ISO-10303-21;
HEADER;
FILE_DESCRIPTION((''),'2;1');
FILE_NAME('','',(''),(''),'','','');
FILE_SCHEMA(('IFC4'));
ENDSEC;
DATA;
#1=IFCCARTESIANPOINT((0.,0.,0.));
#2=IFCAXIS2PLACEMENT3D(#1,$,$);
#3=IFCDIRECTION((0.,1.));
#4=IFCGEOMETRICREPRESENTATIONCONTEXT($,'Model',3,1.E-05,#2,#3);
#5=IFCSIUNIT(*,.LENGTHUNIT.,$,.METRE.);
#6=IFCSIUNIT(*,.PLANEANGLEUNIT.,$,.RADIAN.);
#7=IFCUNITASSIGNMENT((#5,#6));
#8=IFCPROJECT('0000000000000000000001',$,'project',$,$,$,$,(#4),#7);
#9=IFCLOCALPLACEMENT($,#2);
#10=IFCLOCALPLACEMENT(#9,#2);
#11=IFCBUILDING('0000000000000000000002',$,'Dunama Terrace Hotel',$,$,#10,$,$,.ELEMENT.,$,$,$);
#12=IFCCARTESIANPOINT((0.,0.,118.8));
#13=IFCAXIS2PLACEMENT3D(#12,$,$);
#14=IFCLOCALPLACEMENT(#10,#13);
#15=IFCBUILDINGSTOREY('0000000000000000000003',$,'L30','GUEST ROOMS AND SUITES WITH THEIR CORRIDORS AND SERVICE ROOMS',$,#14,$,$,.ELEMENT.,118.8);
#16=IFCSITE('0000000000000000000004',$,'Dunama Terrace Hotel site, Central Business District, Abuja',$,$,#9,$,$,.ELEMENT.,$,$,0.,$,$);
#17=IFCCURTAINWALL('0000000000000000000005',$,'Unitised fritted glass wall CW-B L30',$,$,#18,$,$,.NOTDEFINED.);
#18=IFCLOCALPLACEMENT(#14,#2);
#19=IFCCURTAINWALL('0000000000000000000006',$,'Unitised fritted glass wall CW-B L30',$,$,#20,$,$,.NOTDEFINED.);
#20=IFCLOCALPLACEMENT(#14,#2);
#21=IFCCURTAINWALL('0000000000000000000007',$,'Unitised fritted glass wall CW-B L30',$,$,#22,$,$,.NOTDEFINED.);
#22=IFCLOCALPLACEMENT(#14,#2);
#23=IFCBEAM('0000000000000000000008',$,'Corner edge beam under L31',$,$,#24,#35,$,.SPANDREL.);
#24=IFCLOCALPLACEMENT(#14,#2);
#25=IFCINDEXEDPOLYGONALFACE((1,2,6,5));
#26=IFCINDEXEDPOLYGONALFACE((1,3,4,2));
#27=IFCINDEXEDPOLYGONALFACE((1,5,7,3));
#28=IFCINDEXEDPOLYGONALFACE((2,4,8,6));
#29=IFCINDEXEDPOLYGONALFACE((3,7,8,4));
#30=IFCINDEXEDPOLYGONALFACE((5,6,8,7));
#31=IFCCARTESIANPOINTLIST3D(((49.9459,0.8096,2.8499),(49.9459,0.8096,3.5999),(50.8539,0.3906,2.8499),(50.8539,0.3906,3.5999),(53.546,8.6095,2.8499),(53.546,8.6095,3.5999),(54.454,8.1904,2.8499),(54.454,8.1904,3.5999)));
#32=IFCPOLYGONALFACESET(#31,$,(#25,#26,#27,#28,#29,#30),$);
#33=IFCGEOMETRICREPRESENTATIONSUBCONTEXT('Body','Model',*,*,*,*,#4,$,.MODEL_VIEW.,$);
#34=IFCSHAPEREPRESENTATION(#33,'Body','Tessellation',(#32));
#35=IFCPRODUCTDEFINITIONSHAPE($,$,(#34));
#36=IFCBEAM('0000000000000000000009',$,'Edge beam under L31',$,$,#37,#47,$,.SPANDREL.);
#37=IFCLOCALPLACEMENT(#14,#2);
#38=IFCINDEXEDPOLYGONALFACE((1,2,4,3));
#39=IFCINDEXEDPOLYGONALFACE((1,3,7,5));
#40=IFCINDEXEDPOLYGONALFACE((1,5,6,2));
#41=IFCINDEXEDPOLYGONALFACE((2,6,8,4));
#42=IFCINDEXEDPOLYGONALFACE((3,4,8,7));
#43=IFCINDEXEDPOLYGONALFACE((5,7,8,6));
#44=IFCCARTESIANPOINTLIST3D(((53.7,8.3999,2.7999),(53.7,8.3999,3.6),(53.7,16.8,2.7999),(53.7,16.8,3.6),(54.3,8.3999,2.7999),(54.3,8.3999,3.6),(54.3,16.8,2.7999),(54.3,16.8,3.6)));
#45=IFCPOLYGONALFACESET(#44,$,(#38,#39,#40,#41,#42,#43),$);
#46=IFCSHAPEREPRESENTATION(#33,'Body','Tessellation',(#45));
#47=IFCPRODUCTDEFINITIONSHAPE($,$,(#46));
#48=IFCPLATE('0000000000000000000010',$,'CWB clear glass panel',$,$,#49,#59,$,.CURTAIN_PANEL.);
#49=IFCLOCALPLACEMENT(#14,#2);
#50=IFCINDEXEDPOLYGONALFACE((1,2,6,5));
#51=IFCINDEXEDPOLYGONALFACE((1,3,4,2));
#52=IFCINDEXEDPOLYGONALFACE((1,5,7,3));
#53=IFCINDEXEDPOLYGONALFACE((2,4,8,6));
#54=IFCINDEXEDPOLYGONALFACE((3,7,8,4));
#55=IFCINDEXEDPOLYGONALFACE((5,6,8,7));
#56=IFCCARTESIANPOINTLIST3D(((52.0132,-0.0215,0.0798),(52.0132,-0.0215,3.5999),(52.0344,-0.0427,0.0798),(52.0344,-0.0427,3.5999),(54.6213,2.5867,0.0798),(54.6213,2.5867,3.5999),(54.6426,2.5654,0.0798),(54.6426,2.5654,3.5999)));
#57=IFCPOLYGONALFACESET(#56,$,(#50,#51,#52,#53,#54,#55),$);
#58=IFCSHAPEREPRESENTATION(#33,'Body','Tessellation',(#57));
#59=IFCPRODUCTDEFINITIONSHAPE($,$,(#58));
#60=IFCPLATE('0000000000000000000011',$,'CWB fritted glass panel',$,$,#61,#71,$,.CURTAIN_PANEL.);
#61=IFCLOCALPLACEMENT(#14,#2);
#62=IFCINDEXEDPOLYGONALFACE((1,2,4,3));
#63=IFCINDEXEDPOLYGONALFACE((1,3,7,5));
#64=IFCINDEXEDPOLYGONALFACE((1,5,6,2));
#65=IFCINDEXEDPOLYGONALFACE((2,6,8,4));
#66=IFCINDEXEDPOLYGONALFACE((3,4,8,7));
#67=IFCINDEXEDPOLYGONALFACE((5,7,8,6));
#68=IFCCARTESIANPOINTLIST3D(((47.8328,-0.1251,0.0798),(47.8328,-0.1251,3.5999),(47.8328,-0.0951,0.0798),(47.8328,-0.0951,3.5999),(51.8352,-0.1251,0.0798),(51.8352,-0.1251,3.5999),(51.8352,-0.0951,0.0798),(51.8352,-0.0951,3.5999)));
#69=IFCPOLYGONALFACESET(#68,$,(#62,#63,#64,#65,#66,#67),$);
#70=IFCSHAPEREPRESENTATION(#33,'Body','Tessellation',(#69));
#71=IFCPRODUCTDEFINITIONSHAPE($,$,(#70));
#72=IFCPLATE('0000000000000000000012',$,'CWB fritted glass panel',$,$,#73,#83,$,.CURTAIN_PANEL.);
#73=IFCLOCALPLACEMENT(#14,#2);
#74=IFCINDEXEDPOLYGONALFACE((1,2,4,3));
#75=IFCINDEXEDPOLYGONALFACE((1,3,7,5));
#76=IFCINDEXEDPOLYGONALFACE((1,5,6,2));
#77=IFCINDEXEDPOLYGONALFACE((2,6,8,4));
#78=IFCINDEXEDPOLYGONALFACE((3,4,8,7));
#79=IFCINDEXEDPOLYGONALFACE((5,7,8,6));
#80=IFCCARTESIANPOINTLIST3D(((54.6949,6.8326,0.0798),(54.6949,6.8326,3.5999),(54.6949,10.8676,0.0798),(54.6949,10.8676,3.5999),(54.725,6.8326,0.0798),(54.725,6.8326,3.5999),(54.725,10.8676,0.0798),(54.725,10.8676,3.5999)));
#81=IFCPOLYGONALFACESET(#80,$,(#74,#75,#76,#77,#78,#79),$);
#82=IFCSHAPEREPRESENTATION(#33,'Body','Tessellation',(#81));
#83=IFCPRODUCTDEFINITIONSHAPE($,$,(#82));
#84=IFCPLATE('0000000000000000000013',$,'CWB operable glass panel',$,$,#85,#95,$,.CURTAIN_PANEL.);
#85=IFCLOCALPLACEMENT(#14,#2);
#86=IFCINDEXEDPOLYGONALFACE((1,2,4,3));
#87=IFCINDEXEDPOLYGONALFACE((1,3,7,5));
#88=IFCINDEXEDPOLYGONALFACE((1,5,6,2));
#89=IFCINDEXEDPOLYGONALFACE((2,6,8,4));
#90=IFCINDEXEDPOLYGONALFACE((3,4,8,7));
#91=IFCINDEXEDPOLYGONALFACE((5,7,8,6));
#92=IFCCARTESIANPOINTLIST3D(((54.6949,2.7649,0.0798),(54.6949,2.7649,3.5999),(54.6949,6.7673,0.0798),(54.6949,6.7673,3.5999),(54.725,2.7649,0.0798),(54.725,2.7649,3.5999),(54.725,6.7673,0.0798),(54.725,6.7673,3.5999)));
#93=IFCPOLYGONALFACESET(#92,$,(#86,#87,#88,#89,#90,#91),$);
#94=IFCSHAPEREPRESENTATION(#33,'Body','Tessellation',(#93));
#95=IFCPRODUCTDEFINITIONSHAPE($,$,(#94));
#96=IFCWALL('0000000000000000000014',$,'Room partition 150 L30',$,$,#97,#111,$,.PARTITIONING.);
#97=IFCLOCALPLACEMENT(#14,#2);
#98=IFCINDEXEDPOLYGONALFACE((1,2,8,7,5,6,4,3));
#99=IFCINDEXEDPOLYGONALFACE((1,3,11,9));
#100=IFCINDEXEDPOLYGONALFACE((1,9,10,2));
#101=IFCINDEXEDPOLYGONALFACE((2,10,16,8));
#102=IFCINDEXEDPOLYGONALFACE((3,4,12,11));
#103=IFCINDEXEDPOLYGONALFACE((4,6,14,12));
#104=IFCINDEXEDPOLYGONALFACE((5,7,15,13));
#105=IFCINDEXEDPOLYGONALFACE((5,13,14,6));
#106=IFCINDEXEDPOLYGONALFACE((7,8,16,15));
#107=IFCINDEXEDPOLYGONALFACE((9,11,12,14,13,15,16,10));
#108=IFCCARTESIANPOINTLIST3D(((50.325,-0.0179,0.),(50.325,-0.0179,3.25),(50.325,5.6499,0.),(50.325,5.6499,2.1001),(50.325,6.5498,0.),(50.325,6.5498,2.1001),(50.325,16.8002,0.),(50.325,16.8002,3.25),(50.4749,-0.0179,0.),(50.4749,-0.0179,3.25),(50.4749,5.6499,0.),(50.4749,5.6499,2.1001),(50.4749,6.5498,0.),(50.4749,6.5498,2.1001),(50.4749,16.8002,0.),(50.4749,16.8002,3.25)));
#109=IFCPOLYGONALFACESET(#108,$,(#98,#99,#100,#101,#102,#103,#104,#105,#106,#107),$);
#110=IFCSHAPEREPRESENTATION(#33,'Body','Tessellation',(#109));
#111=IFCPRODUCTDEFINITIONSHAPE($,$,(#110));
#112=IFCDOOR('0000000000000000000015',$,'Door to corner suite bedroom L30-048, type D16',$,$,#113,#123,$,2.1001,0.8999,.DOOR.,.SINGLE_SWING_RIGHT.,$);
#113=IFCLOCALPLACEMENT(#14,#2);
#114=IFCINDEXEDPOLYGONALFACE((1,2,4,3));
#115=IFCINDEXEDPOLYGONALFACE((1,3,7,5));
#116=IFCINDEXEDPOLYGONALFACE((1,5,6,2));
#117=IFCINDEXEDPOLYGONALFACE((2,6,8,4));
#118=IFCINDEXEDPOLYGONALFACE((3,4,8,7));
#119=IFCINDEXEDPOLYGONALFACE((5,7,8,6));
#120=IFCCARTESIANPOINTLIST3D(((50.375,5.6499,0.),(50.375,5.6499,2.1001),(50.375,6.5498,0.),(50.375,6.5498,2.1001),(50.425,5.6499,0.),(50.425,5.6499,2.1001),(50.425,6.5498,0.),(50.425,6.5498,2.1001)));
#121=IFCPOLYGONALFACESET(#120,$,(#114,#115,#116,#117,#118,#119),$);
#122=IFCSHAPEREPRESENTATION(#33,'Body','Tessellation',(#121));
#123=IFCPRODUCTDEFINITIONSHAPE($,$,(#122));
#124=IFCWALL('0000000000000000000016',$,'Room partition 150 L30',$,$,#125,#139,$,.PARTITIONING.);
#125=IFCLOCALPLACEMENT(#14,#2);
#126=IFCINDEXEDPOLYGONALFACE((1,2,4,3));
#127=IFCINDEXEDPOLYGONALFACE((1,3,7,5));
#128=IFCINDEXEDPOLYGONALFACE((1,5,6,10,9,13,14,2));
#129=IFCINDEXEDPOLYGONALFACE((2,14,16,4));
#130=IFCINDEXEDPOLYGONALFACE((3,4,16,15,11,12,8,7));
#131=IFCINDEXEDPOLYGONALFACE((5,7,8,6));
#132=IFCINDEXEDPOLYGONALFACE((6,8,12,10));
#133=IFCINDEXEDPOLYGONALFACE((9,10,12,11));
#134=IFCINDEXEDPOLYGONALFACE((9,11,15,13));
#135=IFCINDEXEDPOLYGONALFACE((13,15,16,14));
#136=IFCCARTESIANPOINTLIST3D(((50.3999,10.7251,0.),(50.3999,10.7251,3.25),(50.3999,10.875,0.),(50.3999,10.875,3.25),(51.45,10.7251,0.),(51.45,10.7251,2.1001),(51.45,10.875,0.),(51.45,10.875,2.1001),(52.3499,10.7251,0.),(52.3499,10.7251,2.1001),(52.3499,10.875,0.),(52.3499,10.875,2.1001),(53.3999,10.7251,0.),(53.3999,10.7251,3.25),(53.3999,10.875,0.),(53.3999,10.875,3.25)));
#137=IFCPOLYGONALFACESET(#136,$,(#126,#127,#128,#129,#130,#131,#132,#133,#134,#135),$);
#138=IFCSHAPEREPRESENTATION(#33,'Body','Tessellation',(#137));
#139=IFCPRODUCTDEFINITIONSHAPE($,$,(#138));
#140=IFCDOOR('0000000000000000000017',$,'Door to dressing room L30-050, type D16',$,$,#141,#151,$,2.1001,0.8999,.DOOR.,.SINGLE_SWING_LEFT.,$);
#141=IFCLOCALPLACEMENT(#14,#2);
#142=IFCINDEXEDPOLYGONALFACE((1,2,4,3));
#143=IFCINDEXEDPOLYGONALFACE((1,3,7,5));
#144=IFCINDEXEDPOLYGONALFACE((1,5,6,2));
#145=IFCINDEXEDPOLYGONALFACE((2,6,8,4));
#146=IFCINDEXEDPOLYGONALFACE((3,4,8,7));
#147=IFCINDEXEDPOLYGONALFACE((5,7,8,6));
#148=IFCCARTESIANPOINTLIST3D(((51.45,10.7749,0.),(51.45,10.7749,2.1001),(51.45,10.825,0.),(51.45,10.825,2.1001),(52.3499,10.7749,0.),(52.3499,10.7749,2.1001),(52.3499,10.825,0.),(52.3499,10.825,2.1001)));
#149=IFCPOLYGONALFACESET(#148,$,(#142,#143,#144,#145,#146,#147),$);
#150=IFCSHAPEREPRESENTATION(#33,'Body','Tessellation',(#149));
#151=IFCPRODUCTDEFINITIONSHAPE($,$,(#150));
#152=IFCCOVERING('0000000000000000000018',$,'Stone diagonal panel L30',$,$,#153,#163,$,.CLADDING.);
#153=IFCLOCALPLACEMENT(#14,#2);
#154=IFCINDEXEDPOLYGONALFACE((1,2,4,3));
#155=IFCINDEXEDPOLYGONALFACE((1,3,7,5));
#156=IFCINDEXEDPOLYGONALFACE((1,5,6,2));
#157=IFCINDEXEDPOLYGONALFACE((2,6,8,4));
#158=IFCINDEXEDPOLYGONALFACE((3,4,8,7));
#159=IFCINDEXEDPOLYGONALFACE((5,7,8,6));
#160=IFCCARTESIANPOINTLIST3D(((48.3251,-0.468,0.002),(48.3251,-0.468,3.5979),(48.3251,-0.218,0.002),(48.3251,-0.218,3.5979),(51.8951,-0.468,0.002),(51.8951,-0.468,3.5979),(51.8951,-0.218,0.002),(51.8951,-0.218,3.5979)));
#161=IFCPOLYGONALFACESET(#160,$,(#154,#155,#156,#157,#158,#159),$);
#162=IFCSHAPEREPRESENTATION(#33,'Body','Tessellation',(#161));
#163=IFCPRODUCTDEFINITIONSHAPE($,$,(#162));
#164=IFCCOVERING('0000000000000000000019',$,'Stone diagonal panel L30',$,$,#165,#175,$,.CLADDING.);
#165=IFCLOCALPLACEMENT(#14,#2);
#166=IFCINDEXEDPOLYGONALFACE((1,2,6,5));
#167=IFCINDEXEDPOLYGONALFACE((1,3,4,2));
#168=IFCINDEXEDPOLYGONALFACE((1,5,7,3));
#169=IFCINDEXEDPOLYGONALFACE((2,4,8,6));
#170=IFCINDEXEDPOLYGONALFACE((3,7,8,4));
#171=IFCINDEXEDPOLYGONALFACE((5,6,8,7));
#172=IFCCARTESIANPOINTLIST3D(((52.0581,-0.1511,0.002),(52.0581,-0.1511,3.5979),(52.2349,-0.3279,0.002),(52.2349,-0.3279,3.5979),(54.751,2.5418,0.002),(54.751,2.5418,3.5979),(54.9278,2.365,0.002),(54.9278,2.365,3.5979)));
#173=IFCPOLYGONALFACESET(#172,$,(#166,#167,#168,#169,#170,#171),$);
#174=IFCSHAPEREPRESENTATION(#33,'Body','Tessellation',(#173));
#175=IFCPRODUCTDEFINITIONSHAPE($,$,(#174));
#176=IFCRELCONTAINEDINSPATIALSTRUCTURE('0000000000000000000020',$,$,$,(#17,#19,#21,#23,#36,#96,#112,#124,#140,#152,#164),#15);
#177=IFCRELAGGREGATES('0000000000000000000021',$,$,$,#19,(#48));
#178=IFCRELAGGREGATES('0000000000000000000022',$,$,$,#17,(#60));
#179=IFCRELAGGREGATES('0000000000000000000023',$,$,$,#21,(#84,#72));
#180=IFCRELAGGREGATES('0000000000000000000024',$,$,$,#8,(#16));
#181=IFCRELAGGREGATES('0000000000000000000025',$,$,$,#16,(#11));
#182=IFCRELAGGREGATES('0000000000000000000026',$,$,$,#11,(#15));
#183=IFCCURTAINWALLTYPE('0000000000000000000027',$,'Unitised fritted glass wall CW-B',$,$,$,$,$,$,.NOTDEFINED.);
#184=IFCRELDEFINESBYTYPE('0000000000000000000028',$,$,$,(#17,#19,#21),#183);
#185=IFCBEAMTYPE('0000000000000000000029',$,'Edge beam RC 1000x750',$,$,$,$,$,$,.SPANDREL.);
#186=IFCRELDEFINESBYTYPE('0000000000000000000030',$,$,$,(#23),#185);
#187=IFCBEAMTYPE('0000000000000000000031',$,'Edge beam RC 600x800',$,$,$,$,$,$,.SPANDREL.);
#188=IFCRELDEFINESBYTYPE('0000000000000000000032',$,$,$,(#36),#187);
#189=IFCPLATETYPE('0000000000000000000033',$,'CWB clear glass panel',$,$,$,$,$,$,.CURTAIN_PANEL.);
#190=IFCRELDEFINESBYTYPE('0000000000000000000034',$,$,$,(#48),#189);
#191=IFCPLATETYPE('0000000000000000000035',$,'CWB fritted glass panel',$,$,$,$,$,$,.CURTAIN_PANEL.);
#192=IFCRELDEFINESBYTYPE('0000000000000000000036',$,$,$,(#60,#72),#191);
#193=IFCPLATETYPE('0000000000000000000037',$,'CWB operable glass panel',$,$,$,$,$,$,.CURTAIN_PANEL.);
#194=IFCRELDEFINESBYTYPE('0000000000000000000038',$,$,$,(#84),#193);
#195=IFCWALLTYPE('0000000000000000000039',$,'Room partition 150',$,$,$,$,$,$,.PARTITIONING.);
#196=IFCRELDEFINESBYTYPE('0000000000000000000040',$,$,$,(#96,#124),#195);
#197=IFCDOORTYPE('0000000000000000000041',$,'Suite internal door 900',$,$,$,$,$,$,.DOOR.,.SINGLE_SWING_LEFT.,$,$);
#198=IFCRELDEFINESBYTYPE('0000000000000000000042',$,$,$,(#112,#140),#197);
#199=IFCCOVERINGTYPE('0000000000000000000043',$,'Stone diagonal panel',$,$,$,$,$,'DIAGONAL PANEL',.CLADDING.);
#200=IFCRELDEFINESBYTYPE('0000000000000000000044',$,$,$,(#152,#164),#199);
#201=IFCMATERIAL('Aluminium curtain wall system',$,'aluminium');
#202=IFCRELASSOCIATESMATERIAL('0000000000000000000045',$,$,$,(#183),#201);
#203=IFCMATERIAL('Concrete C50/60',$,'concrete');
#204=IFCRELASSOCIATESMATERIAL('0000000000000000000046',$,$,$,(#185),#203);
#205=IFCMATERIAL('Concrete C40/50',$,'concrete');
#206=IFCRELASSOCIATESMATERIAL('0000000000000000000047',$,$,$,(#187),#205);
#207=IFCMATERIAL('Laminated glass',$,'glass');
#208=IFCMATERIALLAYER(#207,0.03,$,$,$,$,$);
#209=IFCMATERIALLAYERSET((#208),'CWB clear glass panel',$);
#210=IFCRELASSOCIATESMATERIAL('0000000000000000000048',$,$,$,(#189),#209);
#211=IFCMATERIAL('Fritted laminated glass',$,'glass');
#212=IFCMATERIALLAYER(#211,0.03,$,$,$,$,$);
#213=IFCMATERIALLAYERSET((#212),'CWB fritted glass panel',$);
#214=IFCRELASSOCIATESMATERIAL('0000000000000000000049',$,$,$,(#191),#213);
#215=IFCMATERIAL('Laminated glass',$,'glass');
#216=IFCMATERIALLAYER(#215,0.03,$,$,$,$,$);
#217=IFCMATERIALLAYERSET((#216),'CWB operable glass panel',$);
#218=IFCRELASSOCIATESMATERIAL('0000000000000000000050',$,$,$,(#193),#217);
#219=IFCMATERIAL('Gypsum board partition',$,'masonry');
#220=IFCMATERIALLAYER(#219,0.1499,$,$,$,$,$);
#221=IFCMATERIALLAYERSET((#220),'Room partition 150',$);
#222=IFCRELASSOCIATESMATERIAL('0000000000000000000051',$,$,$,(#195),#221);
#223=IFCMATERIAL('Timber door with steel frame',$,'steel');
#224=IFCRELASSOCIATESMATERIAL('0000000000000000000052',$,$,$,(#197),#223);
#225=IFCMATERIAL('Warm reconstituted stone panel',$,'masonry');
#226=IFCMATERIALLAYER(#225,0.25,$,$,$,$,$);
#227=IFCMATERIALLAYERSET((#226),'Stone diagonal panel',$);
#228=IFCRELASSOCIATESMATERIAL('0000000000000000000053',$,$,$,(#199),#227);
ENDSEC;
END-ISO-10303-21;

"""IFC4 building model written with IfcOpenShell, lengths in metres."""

from ifc_helpers import new_model, si_unit, direction, frame, frame_2d, origin, origin_2d, place, context, subcontext, project, spatial, rectangle, extrude, material, layer, layer_set, material_profile, profile_set, type_object, element, fill, aggregate, save


model = new_model("IFC4")

# Units and contexts
model_context = context("Model", 3, precision=1e-05, world=origin(), true_north=direction((0.0, 1.0)))
body_context = subcontext(model_context, "Body", "Model", "MODEL_VIEW")
ifc_project = project(units=[si_unit("LENGTHUNIT", "METRE"), si_unit("PLANEANGLEUNIT", "RADIAN")], contexts=[model_context])

# Site, building, storey
site_placement = place(None, origin())
site = spatial("IfcSite", under=ifc_project, at=site_placement, Name="Dunama Terrace Hotel site, Central Business District, Abuja", CompositionType="ELEMENT", RefElevation=0.0)
building_placement = place(site_placement, origin())
building = spatial("IfcBuilding", under=site, at=building_placement, Name="Dunama Terrace Hotel", CompositionType="ELEMENT")
storey_placement = place(building_placement, frame((0.0, 0.0, 118.8)))
storey = spatial("IfcBuildingStorey", under=building, at=storey_placement, Name="L30", Description="GUEST ROOMS AND SUITES WITH THEIR CORRIDORS AND SERVICE ROOMS", CompositionType="ELEMENT", Elevation=118.8)

# Curtain walls
ifc_material_1 = material(Name="Aluminium curtain wall system", Category="aluminium")
curtain_wall_type = type_object("IfcCurtainWallType", Name="Unitised fritted glass wall CW-B", PredefinedType="NOTDEFINED", material=ifc_material_1)
curtain_wall_1_placement = place(storey_placement, origin())
curtain_wall_1 = element("IfcCurtainWall", 1, at=curtain_wall_1_placement, inside=storey, type_object=curtain_wall_type, Name="Unitised fritted glass wall CW-B L30", PredefinedType="NOTDEFINED")
curtain_wall_2_placement = place(storey_placement, origin())
curtain_wall_2 = element("IfcCurtainWall", 2, at=curtain_wall_2_placement, inside=storey, type_object=curtain_wall_type, Name="Unitised fritted glass wall CW-B L30", PredefinedType="NOTDEFINED")
curtain_wall_3_placement = place(storey_placement, origin())
curtain_wall_3 = element("IfcCurtainWall", 3, at=curtain_wall_3_placement, inside=storey, type_object=curtain_wall_type, Name="Unitised fritted glass wall CW-B L30", PredefinedType="NOTDEFINED")

# Beams
ifc_material_2 = material(Name="Concrete C50/60", Category="concrete")
ifc_material_profile_1 = material_profile(ifc_material_2, rectangle(XDim=1.0, YDim=0.75, at=origin_2d()), Name="RC 1000x750")
ifc_profile_set_1 = profile_set([ifc_material_profile_1], Name="Concrete C50/60")
beam_type_1 = type_object("IfcBeamType", Name="Edge beam RC 1000x750", PredefinedType="SPANDREL", material=ifc_profile_set_1)
beam_1_placement = place(storey_placement, frame((50.3999, 0.6001, 3.2249), z_axis=(0.419076, 0.907951, 0.0), x_axis=(-0.907951, 0.419076, 0.0)))
element("IfcBeam", 4, at=beam_1_placement, inside=storey, type_object=beam_type_1, Name="Corner edge beam under L31", PredefinedType="SPANDREL", context=body_context, shape_type="SweptSolid", body=[
    extrude(rectangle(XDim=1.0, YDim=0.75, at=origin_2d()), origin(), (0.0, 0.0, 1.0), 8.5906),
])
ifc_material_3 = material(Name="Concrete C40/50", Category="concrete")
ifc_material_profile_2 = material_profile(ifc_material_3, rectangle(XDim=0.6001, YDim=0.8, at=origin_2d()), Name="RC 600x800")
ifc_profile_set_2 = profile_set([ifc_material_profile_2], Name="Concrete C40/50")
beam_type_2 = type_object("IfcBeamType", Name="Edge beam RC 600x800", PredefinedType="SPANDREL", material=ifc_profile_set_2)
beam_2_placement = place(storey_placement, frame((54.0, 8.3999, 3.2), z_axis=(0.0, 1.0, 0.0), x_axis=(-1.0, 0.0, 0.0)))
element("IfcBeam", 5, at=beam_2_placement, inside=storey, type_object=beam_type_2, Name="Edge beam under L31", PredefinedType="SPANDREL", context=body_context, shape_type="SweptSolid", body=[
    extrude(rectangle(XDim=0.6001, YDim=0.8, at=origin_2d()), origin(), (0.0, 0.0, 1.0), 8.4001),
])

# Plates
ifc_material_4 = material(Name="Laminated glass", Category="glass")
ifc_layer_1 = layer(ifc_material_4, 0.03)
ifc_layer_set_1 = layer_set([ifc_layer_1], Name="CWB clear glass panel")
plate_type_1 = type_object("IfcPlateType", Name="CWB clear glass panel", PredefinedType="CURTAIN_PANEL", material=ifc_layer_set_1)
plate_1_placement = place(storey_placement, frame((53.3279, 1.272, 0.0798), z_axis=(0.0, 0.0, 1.0), x_axis=(0.707107, 0.707107, 0.0)))
plate_1 = element("IfcPlate", 6, at=plate_1_placement, type_object=plate_type_1, Name="CWB clear glass panel", PredefinedType="CURTAIN_PANEL", context=body_context, shape_type="SweptSolid", body=[
    extrude(rectangle(XDim=3.6885, YDim=0.03, at=origin_2d()), origin(), (0.0, 0.0, 1.0), 3.52),
])
aggregate(curtain_wall_2, [plate_1])
ifc_material_5 = material(Name="Fritted laminated glass", Category="glass")
ifc_layer_2 = layer(ifc_material_5, 0.03)
ifc_layer_set_2 = layer_set([ifc_layer_2], Name="CWB fritted glass panel")
plate_type_2 = type_object("IfcPlateType", Name="CWB fritted glass panel", PredefinedType="CURTAIN_PANEL", material=ifc_layer_set_2)
plate_2_placement = place(storey_placement, frame((49.834, -0.1101, 0.0798), z_axis=(0.0, 0.0, 1.0), x_axis=(1.0, 0.0, 0.0)))
plate_2 = element("IfcPlate", 7, at=plate_2_placement, type_object=plate_type_2, Name="CWB fritted glass panel", PredefinedType="CURTAIN_PANEL", context=body_context, shape_type="SweptSolid", body=[
    extrude(rectangle(XDim=4.0024, YDim=0.03, at=origin_2d()), origin(), (0.0, 0.0, 1.0), 3.52),
])
aggregate(curtain_wall_1, [plate_2])
plate_3_placement = place(storey_placement, frame((54.71, 8.8501, 0.0798), z_axis=(0.0, 0.0, 1.0), x_axis=(0.0, 1.0, 0.0)))
plate_3 = element("IfcPlate", 8, at=plate_3_placement, type_object=plate_type_2, Name="CWB fritted glass panel", PredefinedType="CURTAIN_PANEL", context=body_context, shape_type="SweptSolid", body=[
    extrude(rectangle(XDim=4.0349, YDim=0.03, at=origin_2d()), origin(), (0.0, 0.0, 1.0), 3.52),
])
ifc_material_6 = material(Name="Laminated glass", Category="glass")
ifc_layer_3 = layer(ifc_material_6, 0.03)
ifc_layer_set_3 = layer_set([ifc_layer_3], Name="CWB operable glass panel")
plate_type_3 = type_object("IfcPlateType", Name="CWB operable glass panel", PredefinedType="CURTAIN_PANEL", material=ifc_layer_set_3)
plate_4_placement = place(storey_placement, frame((54.71, 4.7661, 0.0798), z_axis=(0.0, 0.0, 1.0), x_axis=(0.0, 1.0, 0.0)))
plate_4 = element("IfcPlate", 9, at=plate_4_placement, type_object=plate_type_3, Name="CWB operable glass panel", PredefinedType="CURTAIN_PANEL", context=body_context, shape_type="SweptSolid", body=[
    extrude(rectangle(XDim=4.0024, YDim=0.03, at=origin_2d()), origin(), (0.0, 0.0, 1.0), 3.52),
])
aggregate(curtain_wall_3, [plate_4, plate_3])

# Walls, openings, doors
ifc_material_7 = material(Name="Gypsum board partition", Category="masonry")
ifc_layer_4 = layer(ifc_material_7, 0.1499)
ifc_layer_set_4 = layer_set([ifc_layer_4], Name="Room partition 150")
wall_type = type_object("IfcWallType", Name="Room partition 150", PredefinedType="PARTITIONING", material=ifc_layer_set_4)
wall_1_placement = place(storey_placement, frame((50.3999, -0.0181, 0.0), z_axis=(0.0, 0.0, 1.0), x_axis=(0.0, 1.0, 0.0)))
wall_1 = element("IfcWall", 10, at=wall_1_placement, inside=storey, type_object=wall_type, Name="Room partition 150 L30", PredefinedType="PARTITIONING", context=body_context, shape_type="SweptSolid", body=[
    extrude(rectangle(XDim=16.8181, YDim=0.1499, at=frame_2d((8.4092, 0.0))), origin(), (0.0, 0.0, 1.0), 3.25),
])
opening_1_placement = place(wall_1_placement, frame((5.668, 0.0, 0.0)))
opening_1 = element("IfcOpeningElement", 11, at=opening_1_placement, cuts=wall_1, PredefinedType="OPENING", context=body_context, shape_type="SweptSolid", body=[
    extrude(rectangle(XDim=0.8999, YDim=2.1001, at=frame_2d((0.45, 1.05))), frame((0.0, 0.085, 0.0), z_axis=(0.0, -1.0, 0.0), x_axis=(1.0, 0.0, 0.0)), (0.0, 0.0, 1.0), 0.1699),
])
ifc_material_8 = material(Name="Timber door with steel frame", Category="steel")
door_type = type_object("IfcDoorType", Name="Suite internal door 900", OperationType="SINGLE_SWING_LEFT", PredefinedType="DOOR", material=ifc_material_8)
door_1_placement = place(opening_1_placement, frame((0.8999, 0.0, 0.0), z_axis=(0.0, 0.0, 1.0), x_axis=(-1.0, 0.0, 0.0)))
door_1 = element("IfcDoor", 12, at=door_1_placement, inside=storey, type_object=door_type, Name="Door to corner suite bedroom L30-048, type D16", OperationType="SINGLE_SWING_RIGHT", OverallHeight=2.1001, OverallWidth=0.8999, PredefinedType="DOOR", context=body_context, shape_type="SweptSolid", body=[
    extrude(rectangle(XDim=0.8999, YDim=2.1001, at=frame_2d((0.45, 1.05))), frame((0.0, 0.0251, 0.0), z_axis=(0.0, -1.0, 0.0), x_axis=(1.0, 0.0, 0.0)), (0.0, 0.0, 1.0), 0.05),
])
fill(opening_1, door_1)
wall_2_placement = place(storey_placement, frame((50.3999, 10.8, 0.0), z_axis=(0.0, 0.0, 1.0), x_axis=(1.0, 0.0, 0.0)))
wall_2 = element("IfcWall", 13, at=wall_2_placement, inside=storey, type_object=wall_type, Name="Room partition 150 L30", PredefinedType="PARTITIONING", context=body_context, shape_type="SweptSolid", body=[
    extrude(rectangle(XDim=3.0, YDim=0.1499, at=frame_2d((1.5, 0.0))), origin(), (0.0, 0.0, 1.0), 3.25),
])
opening_2_placement = place(wall_2_placement, frame((1.05, 0.0, 0.0)))
opening_2 = element("IfcOpeningElement", 14, at=opening_2_placement, cuts=wall_2, PredefinedType="OPENING", context=body_context, shape_type="SweptSolid", body=[
    extrude(rectangle(XDim=0.8999, YDim=2.1001, at=frame_2d((0.45, 1.05))), frame((0.0, 0.085, 0.0), z_axis=(0.0, -1.0, 0.0), x_axis=(1.0, 0.0, 0.0)), (0.0, 0.0, 1.0), 0.1699),
])
door_2_placement = place(opening_2_placement, origin())
door_2 = element("IfcDoor", 15, at=door_2_placement, inside=storey, type_object=door_type, Name="Door to dressing room L30-050, type D16", OperationType="SINGLE_SWING_LEFT", OverallHeight=2.1001, OverallWidth=0.8999, PredefinedType="DOOR", context=body_context, shape_type="SweptSolid", body=[
    extrude(rectangle(XDim=0.8999, YDim=2.1001, at=frame_2d((0.45, 1.05))), frame((0.0, 0.0249, 0.0), z_axis=(0.0, -1.0, 0.0), x_axis=(1.0, 0.0, 0.0)), (0.0, 0.0, 1.0), 0.05),
])
fill(opening_2, door_2)

# Coverings
ifc_material_9 = material(Name="Warm reconstituted stone panel", Category="masonry")
ifc_layer_5 = layer(ifc_material_9, 0.25)
ifc_layer_set_5 = layer_set([ifc_layer_5], Name="Stone diagonal panel")
covering_type = type_object("IfcCoveringType", Name="Stone diagonal panel", ElementType="DIAGONAL PANEL", PredefinedType="CLADDING", material=ifc_layer_set_5)
covering_1_placement = place(storey_placement, frame((50.1101, -0.343, 0.002), z_axis=(0.0, 0.0, 1.0), x_axis=(1.0, 0.0, 0.0)))
element("IfcCovering", 16, at=covering_1_placement, inside=storey, type_object=covering_type, Name="Stone diagonal panel L30", PredefinedType="CLADDING", context=body_context, shape_type="SweptSolid", body=[
    extrude(rectangle(XDim=3.5701, YDim=0.25, at=origin_2d()), origin(), (0.0, 0.0, 1.0), 3.5959),
])
covering_2_placement = place(storey_placement, frame((53.4929, 1.1069, 0.002), z_axis=(0.0, 0.0, 1.0), x_axis=(0.707107, 0.707107, 0.0)))
element("IfcCovering", 17, at=covering_2_placement, inside=storey, type_object=covering_type, Name="Stone diagonal panel L30", PredefinedType="CLADDING", context=body_context, shape_type="SweptSolid", body=[
    extrude(rectangle(XDim=3.8083, YDim=0.25, at=origin_2d()), origin(), (0.0, 0.0, 1.0), 3.5959),
])

save(model, "model.ifc")
